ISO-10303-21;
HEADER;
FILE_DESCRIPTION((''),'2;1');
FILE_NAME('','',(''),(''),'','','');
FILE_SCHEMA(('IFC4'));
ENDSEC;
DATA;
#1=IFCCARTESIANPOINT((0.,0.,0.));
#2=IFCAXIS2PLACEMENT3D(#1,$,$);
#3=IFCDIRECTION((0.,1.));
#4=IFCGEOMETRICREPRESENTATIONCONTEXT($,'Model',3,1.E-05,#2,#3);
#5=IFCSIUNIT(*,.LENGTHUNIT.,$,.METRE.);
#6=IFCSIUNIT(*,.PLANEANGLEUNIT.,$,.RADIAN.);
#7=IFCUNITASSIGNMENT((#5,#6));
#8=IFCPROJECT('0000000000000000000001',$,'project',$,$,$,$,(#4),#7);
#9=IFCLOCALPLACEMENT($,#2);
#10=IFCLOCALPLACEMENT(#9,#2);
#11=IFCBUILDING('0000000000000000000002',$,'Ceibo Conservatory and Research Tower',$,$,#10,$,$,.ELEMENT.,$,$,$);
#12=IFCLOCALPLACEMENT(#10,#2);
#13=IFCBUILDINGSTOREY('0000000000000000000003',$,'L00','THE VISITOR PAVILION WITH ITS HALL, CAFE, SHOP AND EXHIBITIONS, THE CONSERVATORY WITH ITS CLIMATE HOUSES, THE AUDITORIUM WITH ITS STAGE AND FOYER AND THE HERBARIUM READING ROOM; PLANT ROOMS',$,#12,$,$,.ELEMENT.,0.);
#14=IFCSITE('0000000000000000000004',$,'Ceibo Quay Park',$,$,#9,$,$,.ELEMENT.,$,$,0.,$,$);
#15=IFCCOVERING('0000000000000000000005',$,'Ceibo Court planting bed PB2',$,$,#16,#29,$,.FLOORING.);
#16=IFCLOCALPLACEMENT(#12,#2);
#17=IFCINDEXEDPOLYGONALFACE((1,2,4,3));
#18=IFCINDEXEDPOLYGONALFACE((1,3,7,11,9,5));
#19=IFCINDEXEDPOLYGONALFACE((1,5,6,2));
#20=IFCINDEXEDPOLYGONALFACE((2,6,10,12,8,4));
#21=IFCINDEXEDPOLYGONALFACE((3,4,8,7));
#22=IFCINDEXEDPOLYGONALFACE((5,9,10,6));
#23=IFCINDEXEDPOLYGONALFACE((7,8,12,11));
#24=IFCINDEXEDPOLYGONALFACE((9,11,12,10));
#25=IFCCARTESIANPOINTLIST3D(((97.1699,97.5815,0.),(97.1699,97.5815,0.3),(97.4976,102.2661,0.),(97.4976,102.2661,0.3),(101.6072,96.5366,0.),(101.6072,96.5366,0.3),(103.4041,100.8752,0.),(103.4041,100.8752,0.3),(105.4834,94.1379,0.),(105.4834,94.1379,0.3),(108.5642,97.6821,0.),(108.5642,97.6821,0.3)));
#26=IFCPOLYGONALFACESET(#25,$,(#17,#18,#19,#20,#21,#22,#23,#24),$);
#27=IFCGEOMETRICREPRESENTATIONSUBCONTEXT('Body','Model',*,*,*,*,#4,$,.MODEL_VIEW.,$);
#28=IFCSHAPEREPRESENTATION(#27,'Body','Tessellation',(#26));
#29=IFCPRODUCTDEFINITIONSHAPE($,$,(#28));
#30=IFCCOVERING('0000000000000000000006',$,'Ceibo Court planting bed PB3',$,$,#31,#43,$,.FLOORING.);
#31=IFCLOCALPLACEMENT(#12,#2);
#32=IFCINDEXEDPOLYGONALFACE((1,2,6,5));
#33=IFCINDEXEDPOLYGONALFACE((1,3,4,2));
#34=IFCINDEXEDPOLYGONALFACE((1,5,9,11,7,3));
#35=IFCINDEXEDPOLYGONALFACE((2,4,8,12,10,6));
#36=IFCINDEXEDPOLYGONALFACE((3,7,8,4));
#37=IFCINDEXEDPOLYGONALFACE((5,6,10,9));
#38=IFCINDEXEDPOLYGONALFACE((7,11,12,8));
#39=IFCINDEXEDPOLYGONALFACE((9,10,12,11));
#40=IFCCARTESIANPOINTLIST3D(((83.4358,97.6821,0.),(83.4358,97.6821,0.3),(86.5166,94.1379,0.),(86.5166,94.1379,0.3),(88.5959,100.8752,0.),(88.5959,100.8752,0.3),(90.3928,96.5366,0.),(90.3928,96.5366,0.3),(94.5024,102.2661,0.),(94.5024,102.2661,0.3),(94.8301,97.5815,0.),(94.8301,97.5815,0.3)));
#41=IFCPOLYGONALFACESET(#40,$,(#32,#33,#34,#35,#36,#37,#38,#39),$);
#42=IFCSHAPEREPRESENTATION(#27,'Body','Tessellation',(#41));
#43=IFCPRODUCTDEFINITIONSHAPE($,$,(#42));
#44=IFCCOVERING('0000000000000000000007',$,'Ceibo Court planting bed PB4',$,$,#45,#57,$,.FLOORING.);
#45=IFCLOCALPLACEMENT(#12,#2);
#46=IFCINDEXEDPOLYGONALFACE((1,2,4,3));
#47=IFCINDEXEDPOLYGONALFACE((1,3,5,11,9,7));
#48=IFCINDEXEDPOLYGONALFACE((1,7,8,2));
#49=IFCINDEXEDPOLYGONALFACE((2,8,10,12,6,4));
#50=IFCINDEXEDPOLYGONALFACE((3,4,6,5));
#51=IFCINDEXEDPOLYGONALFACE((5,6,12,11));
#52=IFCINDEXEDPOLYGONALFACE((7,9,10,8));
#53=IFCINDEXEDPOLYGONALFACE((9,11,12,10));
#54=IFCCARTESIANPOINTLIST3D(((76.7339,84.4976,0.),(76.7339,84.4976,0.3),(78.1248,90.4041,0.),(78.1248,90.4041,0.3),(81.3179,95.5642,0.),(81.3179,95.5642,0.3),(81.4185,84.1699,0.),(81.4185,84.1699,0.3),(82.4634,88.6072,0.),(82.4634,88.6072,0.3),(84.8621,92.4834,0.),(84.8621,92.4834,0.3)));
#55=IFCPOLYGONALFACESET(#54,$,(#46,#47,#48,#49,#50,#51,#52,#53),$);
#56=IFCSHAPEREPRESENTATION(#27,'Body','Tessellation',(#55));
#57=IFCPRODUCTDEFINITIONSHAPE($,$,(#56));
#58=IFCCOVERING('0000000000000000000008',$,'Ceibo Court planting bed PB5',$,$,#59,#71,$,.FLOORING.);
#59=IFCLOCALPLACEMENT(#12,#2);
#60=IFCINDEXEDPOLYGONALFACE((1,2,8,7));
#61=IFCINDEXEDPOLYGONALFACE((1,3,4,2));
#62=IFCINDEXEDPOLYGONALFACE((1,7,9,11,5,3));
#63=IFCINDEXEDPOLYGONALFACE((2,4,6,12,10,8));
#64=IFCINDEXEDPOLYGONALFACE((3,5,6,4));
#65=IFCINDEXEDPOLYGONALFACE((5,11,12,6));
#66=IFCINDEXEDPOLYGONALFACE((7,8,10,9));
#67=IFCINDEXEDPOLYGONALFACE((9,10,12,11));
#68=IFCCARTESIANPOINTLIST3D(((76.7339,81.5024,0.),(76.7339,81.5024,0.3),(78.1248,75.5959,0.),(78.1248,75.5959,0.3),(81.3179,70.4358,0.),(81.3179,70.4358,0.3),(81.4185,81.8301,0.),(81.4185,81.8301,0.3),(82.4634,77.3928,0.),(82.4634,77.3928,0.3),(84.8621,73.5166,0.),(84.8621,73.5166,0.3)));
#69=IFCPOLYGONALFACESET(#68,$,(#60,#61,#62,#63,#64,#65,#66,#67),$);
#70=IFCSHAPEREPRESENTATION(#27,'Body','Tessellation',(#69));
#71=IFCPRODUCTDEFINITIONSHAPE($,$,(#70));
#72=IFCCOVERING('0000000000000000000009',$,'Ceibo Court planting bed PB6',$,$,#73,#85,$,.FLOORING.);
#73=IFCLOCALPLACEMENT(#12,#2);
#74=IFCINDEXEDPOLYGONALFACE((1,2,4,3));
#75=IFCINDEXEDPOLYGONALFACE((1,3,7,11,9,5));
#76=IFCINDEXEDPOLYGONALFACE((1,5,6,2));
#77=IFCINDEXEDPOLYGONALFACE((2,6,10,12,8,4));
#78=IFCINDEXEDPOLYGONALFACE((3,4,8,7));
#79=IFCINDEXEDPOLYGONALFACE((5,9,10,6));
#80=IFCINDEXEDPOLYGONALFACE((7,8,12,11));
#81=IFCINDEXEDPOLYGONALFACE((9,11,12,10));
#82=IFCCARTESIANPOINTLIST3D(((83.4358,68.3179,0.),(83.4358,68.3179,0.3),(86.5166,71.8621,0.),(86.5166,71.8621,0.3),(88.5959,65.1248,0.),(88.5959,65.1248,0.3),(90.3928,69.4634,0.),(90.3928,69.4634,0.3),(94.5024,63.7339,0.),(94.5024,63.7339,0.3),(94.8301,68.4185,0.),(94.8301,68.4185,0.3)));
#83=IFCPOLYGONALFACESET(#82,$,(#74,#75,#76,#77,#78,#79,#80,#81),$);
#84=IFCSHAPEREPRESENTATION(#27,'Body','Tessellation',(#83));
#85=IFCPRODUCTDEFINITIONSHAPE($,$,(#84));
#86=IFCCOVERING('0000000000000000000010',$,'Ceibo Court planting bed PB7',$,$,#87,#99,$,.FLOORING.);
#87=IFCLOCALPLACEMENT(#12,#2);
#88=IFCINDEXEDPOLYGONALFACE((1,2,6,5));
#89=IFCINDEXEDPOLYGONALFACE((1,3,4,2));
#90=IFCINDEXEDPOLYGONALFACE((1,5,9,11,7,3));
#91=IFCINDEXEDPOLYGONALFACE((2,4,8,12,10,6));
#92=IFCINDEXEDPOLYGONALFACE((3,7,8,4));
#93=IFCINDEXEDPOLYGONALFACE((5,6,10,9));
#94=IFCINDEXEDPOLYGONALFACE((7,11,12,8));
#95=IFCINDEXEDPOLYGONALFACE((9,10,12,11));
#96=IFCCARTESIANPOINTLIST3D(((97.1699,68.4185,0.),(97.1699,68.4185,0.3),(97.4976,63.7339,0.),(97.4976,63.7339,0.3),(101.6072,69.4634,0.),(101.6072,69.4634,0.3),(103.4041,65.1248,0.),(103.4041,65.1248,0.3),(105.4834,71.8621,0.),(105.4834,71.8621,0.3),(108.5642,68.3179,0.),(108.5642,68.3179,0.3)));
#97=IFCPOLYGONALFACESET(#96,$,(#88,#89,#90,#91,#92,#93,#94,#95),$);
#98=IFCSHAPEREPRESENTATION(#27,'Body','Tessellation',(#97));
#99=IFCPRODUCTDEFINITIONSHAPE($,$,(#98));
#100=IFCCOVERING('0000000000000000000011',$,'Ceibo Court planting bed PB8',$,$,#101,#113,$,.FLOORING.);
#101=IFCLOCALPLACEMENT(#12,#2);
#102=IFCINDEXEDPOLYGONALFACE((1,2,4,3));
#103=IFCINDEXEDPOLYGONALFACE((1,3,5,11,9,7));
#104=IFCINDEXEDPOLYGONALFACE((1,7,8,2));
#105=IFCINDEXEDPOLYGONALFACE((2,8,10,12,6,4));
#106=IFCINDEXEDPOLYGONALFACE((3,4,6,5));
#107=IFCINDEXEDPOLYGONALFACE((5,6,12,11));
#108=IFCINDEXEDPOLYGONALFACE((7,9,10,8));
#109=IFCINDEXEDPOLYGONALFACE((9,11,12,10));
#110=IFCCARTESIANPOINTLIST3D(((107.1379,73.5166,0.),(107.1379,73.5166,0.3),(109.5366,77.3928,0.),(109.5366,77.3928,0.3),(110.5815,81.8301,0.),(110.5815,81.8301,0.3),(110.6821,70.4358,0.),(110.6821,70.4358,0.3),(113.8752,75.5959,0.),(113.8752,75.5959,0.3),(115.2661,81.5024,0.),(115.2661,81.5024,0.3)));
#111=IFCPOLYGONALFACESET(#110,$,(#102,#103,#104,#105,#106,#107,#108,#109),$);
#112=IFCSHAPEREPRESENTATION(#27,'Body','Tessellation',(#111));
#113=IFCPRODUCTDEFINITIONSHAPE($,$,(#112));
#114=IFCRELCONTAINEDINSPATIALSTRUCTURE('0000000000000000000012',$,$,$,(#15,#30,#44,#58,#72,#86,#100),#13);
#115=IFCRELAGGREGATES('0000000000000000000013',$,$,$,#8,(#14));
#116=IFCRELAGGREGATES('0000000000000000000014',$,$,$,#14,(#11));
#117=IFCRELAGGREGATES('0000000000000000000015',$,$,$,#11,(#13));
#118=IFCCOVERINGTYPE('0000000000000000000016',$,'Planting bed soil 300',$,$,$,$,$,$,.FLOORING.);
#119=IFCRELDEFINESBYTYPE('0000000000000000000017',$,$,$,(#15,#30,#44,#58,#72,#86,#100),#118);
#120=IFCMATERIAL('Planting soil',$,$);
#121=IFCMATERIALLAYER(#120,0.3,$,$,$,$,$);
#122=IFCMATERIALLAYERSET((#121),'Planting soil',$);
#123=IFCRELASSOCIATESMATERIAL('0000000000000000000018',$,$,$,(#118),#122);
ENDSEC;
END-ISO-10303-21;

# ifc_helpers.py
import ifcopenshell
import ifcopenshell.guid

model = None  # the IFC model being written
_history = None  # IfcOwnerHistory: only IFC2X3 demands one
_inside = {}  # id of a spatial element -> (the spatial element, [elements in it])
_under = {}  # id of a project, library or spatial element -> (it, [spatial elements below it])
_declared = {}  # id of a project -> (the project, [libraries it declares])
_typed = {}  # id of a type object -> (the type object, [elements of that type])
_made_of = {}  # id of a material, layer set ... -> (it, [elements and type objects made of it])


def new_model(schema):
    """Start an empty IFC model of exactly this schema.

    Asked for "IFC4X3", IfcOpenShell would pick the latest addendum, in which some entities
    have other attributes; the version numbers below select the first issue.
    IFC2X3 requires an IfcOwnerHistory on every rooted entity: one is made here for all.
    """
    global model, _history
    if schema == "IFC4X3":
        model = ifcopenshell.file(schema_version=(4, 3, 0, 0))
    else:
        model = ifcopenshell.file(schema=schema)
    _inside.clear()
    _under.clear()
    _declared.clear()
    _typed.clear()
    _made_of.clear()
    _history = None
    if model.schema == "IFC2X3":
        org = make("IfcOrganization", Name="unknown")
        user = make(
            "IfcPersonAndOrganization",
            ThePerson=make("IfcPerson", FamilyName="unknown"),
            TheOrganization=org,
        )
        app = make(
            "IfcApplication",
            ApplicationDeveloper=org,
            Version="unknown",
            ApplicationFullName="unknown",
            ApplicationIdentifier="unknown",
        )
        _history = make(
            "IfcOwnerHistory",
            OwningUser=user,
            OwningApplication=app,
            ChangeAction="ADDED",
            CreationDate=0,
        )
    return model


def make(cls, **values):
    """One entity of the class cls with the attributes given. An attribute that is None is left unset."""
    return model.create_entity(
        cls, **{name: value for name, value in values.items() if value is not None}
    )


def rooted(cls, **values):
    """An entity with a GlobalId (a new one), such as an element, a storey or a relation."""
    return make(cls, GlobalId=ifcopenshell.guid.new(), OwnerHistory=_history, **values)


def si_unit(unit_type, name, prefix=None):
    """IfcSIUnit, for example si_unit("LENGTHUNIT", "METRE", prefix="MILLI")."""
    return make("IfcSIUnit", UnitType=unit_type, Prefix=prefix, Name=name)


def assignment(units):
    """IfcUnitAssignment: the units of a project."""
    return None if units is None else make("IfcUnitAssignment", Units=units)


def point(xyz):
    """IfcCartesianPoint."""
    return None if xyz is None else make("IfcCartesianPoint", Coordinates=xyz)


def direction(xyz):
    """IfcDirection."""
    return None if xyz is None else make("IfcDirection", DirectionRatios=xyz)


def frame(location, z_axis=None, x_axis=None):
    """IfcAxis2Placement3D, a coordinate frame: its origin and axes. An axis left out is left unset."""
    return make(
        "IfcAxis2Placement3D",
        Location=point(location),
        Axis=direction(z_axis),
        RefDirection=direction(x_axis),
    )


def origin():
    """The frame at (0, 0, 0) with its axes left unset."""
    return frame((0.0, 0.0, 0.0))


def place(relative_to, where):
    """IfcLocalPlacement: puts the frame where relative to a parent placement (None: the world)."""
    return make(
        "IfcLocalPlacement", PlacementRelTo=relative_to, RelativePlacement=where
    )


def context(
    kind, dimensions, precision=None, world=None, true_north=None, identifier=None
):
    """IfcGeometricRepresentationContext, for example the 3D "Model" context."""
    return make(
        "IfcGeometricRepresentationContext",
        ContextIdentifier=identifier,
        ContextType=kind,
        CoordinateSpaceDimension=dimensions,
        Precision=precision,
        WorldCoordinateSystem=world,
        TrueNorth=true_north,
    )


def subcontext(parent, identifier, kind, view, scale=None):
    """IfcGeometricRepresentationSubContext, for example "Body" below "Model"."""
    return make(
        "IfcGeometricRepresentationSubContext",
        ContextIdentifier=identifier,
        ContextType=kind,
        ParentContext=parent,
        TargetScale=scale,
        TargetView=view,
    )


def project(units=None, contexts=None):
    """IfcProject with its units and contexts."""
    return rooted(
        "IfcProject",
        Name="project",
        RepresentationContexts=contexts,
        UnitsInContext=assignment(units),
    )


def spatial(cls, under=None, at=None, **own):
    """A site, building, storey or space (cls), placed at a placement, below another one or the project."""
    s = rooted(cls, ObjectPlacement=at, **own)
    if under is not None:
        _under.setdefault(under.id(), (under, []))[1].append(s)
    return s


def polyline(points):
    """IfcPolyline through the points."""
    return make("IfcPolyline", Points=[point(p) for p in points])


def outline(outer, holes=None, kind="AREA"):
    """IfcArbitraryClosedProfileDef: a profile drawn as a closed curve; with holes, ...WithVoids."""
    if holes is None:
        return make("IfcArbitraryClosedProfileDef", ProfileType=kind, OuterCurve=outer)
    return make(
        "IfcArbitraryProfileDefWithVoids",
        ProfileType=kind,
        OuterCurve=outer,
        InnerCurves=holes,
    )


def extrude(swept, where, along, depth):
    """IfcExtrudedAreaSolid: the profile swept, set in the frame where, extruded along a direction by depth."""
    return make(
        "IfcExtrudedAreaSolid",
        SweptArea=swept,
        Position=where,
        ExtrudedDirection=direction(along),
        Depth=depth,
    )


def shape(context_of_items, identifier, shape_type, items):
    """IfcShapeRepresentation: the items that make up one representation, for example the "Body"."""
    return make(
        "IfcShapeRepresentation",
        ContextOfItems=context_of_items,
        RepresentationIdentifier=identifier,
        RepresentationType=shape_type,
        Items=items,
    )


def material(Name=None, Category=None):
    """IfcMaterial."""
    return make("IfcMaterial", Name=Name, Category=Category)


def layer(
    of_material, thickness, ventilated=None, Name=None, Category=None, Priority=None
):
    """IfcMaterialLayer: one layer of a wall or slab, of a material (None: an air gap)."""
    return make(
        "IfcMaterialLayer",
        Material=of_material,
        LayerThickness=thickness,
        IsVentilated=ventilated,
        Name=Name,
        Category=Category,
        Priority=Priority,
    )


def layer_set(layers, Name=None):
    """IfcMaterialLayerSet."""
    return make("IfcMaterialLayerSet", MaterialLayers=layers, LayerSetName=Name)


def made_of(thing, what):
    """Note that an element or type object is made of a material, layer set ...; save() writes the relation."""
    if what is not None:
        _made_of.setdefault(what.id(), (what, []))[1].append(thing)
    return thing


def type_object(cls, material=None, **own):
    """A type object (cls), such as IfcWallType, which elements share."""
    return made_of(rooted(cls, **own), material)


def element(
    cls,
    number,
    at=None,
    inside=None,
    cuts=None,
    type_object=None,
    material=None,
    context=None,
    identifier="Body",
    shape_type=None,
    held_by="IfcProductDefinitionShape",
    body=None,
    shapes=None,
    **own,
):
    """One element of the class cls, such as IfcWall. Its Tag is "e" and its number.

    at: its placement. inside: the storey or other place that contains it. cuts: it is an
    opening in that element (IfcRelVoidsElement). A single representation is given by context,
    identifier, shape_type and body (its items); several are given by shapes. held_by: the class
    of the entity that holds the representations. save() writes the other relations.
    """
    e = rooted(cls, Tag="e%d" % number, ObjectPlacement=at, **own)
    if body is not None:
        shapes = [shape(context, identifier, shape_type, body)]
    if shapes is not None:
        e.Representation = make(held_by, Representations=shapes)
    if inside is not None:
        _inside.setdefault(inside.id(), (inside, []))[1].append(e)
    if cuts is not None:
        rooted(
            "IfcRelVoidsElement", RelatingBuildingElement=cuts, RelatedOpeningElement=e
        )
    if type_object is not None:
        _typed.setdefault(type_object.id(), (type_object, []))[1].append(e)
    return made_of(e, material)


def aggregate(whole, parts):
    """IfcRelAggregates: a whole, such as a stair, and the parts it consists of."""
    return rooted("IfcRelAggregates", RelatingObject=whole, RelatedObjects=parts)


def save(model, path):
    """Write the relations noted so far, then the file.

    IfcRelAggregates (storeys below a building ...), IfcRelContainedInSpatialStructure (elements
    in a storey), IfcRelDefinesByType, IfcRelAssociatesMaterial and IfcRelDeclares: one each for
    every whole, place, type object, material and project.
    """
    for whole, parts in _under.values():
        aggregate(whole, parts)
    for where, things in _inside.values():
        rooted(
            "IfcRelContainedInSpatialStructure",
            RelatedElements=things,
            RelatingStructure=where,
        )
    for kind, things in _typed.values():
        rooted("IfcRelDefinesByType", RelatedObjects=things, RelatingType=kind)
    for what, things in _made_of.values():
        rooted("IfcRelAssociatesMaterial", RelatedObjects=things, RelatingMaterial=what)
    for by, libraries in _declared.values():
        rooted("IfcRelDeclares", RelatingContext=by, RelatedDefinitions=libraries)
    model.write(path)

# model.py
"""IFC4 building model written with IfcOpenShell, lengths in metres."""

from ifc_helpers import new_model, si_unit, direction, origin, place, context, subcontext, project, spatial, polyline, outline, extrude, material, layer, layer_set, type_object, element, save


model = new_model("IFC4")

# Units and contexts
model_context = context("Model", 3, precision=1e-05, world=origin(), true_north=direction((0.0, 1.0)))
body_context = subcontext(model_context, "Body", "Model", "MODEL_VIEW")
ifc_project = project(units=[si_unit("LENGTHUNIT", "METRE"), si_unit("PLANEANGLEUNIT", "RADIAN")], contexts=[model_context])

# Site, building, storey
site_placement = place(None, origin())
site = spatial("IfcSite", under=ifc_project, at=site_placement, Name="Ceibo Quay Park", CompositionType="ELEMENT", RefElevation=0.0)
building_placement = place(site_placement, origin())
building = spatial("IfcBuilding", under=site, at=building_placement, Name="Ceibo Conservatory and Research Tower", CompositionType="ELEMENT")
storey_placement = place(building_placement, origin())
storey = spatial("IfcBuildingStorey", under=building, at=storey_placement, Name="L00", Description="THE VISITOR PAVILION WITH ITS HALL, CAFE, SHOP AND EXHIBITIONS, THE CONSERVATORY WITH ITS CLIMATE HOUSES, THE AUDITORIUM WITH ITS STAGE AND FOYER AND THE HERBARIUM READING ROOM; PLANT ROOMS", CompositionType="ELEMENT", Elevation=0.0)

# Coverings
ifc_material_1 = material(Name="Planting soil")
ifc_layer_1 = layer(ifc_material_1, 0.3)
ifc_layer_set_1 = layer_set([ifc_layer_1], Name="Planting soil")
covering_type_1 = type_object("IfcCoveringType", Name="Planting bed soil 300", PredefinedType="FLOORING", material=ifc_layer_set_1)
covering_1_placement = place(storey_placement, origin())
element("IfcCovering", 1, at=covering_1_placement, inside=storey, type_object=covering_type_1, Name="Ceibo Court planting bed PB2", PredefinedType="FLOORING", context=body_context, shape_type="SweptSolid", body=[
    extrude(outline(polyline([(105.4834, 94.1379), (108.5642, 97.6821), (103.4041, 100.8752), (97.4976, 102.2661), (97.1699, 97.5815), (101.6072, 96.5366), (105.4834, 94.1379)])), origin(), (0.0, 0.0, 1.0), 0.3),
])
covering_2_placement = place(storey_placement, origin())
element("IfcCovering", 2, at=covering_2_placement, inside=storey, type_object=covering_type_1, Name="Ceibo Court planting bed PB3", PredefinedType="FLOORING", context=body_context, shape_type="SweptSolid", body=[
    extrude(outline(polyline([(94.8301, 97.5815), (94.5024, 102.2661), (88.5959, 100.8752), (83.4358, 97.6821), (86.5166, 94.1379), (90.3928, 96.5366), (94.8301, 97.5815)])), origin(), (0.0, 0.0, 1.0), 0.3),
])
covering_3_placement = place(storey_placement, origin())
element("IfcCovering", 3, at=covering_3_placement, inside=storey, type_object=covering_type_1, Name="Ceibo Court planting bed PB4", PredefinedType="FLOORING", context=body_context, shape_type="SweptSolid", body=[
    extrude(outline(polyline([(84.8621, 92.4834), (81.3179, 95.5642), (78.1248, 90.4041), (76.7339, 84.4976), (81.4185, 84.1699), (82.4634, 88.6072), (84.8621, 92.4834)])), origin(), (0.0, 0.0, 1.0), 0.3),
])
covering_4_placement = place(storey_placement, origin())
element("IfcCovering", 4, at=covering_4_placement, inside=storey, type_object=covering_type_1, Name="Ceibo Court planting bed PB5", PredefinedType="FLOORING", context=body_context, shape_type="SweptSolid", body=[
    extrude(outline(polyline([(81.4185, 81.8301), (76.7339, 81.5024), (78.1248, 75.5959), (81.3179, 70.4358), (84.8621, 73.5166), (82.4634, 77.3928), (81.4185, 81.8301)])), origin(), (0.0, 0.0, 1.0), 0.3),
])
covering_5_placement = place(storey_placement, origin())
element("IfcCovering", 5, at=covering_5_placement, inside=storey, type_object=covering_type_1, Name="Ceibo Court planting bed PB6", PredefinedType="FLOORING", context=body_context, shape_type="SweptSolid", body=[
    extrude(outline(polyline([(86.5166, 71.8621), (83.4358, 68.3179), (88.5959, 65.1248), (94.5024, 63.7339), (94.8301, 68.4185), (90.3928, 69.4634), (86.5166, 71.8621)])), origin(), (0.0, 0.0, 1.0), 0.3),
])
covering_6_placement = place(storey_placement, origin())
element("IfcCovering", 6, at=covering_6_placement, inside=storey, type_object=covering_type_1, Name="Ceibo Court planting bed PB7", PredefinedType="FLOORING", context=body_context, shape_type="SweptSolid", body=[
    extrude(outline(polyline([(97.1699, 68.4185), (97.4976, 63.7339), (103.4041, 65.1248), (108.5642, 68.3179), (105.4834, 71.8621), (101.6072, 69.4634), (97.1699, 68.4185)])), origin(), (0.0, 0.0, 1.0), 0.3),
])
covering_7_placement = place(storey_placement, origin())
element("IfcCovering", 7, at=covering_7_placement, inside=storey, type_object=covering_type_1, Name="Ceibo Court planting bed PB8", PredefinedType="FLOORING", context=body_context, shape_type="SweptSolid", body=[
    extrude(outline(polyline([(107.1379, 73.5166), (110.6821, 70.4358), (113.8752, 75.5959), (115.2661, 81.5024), (110.5815, 81.8301), (109.5366, 77.3928), (107.1379, 73.5166)])), origin(), (0.0, 0.0, 1.0), 0.3),
])

save(model, "model.ifc")
